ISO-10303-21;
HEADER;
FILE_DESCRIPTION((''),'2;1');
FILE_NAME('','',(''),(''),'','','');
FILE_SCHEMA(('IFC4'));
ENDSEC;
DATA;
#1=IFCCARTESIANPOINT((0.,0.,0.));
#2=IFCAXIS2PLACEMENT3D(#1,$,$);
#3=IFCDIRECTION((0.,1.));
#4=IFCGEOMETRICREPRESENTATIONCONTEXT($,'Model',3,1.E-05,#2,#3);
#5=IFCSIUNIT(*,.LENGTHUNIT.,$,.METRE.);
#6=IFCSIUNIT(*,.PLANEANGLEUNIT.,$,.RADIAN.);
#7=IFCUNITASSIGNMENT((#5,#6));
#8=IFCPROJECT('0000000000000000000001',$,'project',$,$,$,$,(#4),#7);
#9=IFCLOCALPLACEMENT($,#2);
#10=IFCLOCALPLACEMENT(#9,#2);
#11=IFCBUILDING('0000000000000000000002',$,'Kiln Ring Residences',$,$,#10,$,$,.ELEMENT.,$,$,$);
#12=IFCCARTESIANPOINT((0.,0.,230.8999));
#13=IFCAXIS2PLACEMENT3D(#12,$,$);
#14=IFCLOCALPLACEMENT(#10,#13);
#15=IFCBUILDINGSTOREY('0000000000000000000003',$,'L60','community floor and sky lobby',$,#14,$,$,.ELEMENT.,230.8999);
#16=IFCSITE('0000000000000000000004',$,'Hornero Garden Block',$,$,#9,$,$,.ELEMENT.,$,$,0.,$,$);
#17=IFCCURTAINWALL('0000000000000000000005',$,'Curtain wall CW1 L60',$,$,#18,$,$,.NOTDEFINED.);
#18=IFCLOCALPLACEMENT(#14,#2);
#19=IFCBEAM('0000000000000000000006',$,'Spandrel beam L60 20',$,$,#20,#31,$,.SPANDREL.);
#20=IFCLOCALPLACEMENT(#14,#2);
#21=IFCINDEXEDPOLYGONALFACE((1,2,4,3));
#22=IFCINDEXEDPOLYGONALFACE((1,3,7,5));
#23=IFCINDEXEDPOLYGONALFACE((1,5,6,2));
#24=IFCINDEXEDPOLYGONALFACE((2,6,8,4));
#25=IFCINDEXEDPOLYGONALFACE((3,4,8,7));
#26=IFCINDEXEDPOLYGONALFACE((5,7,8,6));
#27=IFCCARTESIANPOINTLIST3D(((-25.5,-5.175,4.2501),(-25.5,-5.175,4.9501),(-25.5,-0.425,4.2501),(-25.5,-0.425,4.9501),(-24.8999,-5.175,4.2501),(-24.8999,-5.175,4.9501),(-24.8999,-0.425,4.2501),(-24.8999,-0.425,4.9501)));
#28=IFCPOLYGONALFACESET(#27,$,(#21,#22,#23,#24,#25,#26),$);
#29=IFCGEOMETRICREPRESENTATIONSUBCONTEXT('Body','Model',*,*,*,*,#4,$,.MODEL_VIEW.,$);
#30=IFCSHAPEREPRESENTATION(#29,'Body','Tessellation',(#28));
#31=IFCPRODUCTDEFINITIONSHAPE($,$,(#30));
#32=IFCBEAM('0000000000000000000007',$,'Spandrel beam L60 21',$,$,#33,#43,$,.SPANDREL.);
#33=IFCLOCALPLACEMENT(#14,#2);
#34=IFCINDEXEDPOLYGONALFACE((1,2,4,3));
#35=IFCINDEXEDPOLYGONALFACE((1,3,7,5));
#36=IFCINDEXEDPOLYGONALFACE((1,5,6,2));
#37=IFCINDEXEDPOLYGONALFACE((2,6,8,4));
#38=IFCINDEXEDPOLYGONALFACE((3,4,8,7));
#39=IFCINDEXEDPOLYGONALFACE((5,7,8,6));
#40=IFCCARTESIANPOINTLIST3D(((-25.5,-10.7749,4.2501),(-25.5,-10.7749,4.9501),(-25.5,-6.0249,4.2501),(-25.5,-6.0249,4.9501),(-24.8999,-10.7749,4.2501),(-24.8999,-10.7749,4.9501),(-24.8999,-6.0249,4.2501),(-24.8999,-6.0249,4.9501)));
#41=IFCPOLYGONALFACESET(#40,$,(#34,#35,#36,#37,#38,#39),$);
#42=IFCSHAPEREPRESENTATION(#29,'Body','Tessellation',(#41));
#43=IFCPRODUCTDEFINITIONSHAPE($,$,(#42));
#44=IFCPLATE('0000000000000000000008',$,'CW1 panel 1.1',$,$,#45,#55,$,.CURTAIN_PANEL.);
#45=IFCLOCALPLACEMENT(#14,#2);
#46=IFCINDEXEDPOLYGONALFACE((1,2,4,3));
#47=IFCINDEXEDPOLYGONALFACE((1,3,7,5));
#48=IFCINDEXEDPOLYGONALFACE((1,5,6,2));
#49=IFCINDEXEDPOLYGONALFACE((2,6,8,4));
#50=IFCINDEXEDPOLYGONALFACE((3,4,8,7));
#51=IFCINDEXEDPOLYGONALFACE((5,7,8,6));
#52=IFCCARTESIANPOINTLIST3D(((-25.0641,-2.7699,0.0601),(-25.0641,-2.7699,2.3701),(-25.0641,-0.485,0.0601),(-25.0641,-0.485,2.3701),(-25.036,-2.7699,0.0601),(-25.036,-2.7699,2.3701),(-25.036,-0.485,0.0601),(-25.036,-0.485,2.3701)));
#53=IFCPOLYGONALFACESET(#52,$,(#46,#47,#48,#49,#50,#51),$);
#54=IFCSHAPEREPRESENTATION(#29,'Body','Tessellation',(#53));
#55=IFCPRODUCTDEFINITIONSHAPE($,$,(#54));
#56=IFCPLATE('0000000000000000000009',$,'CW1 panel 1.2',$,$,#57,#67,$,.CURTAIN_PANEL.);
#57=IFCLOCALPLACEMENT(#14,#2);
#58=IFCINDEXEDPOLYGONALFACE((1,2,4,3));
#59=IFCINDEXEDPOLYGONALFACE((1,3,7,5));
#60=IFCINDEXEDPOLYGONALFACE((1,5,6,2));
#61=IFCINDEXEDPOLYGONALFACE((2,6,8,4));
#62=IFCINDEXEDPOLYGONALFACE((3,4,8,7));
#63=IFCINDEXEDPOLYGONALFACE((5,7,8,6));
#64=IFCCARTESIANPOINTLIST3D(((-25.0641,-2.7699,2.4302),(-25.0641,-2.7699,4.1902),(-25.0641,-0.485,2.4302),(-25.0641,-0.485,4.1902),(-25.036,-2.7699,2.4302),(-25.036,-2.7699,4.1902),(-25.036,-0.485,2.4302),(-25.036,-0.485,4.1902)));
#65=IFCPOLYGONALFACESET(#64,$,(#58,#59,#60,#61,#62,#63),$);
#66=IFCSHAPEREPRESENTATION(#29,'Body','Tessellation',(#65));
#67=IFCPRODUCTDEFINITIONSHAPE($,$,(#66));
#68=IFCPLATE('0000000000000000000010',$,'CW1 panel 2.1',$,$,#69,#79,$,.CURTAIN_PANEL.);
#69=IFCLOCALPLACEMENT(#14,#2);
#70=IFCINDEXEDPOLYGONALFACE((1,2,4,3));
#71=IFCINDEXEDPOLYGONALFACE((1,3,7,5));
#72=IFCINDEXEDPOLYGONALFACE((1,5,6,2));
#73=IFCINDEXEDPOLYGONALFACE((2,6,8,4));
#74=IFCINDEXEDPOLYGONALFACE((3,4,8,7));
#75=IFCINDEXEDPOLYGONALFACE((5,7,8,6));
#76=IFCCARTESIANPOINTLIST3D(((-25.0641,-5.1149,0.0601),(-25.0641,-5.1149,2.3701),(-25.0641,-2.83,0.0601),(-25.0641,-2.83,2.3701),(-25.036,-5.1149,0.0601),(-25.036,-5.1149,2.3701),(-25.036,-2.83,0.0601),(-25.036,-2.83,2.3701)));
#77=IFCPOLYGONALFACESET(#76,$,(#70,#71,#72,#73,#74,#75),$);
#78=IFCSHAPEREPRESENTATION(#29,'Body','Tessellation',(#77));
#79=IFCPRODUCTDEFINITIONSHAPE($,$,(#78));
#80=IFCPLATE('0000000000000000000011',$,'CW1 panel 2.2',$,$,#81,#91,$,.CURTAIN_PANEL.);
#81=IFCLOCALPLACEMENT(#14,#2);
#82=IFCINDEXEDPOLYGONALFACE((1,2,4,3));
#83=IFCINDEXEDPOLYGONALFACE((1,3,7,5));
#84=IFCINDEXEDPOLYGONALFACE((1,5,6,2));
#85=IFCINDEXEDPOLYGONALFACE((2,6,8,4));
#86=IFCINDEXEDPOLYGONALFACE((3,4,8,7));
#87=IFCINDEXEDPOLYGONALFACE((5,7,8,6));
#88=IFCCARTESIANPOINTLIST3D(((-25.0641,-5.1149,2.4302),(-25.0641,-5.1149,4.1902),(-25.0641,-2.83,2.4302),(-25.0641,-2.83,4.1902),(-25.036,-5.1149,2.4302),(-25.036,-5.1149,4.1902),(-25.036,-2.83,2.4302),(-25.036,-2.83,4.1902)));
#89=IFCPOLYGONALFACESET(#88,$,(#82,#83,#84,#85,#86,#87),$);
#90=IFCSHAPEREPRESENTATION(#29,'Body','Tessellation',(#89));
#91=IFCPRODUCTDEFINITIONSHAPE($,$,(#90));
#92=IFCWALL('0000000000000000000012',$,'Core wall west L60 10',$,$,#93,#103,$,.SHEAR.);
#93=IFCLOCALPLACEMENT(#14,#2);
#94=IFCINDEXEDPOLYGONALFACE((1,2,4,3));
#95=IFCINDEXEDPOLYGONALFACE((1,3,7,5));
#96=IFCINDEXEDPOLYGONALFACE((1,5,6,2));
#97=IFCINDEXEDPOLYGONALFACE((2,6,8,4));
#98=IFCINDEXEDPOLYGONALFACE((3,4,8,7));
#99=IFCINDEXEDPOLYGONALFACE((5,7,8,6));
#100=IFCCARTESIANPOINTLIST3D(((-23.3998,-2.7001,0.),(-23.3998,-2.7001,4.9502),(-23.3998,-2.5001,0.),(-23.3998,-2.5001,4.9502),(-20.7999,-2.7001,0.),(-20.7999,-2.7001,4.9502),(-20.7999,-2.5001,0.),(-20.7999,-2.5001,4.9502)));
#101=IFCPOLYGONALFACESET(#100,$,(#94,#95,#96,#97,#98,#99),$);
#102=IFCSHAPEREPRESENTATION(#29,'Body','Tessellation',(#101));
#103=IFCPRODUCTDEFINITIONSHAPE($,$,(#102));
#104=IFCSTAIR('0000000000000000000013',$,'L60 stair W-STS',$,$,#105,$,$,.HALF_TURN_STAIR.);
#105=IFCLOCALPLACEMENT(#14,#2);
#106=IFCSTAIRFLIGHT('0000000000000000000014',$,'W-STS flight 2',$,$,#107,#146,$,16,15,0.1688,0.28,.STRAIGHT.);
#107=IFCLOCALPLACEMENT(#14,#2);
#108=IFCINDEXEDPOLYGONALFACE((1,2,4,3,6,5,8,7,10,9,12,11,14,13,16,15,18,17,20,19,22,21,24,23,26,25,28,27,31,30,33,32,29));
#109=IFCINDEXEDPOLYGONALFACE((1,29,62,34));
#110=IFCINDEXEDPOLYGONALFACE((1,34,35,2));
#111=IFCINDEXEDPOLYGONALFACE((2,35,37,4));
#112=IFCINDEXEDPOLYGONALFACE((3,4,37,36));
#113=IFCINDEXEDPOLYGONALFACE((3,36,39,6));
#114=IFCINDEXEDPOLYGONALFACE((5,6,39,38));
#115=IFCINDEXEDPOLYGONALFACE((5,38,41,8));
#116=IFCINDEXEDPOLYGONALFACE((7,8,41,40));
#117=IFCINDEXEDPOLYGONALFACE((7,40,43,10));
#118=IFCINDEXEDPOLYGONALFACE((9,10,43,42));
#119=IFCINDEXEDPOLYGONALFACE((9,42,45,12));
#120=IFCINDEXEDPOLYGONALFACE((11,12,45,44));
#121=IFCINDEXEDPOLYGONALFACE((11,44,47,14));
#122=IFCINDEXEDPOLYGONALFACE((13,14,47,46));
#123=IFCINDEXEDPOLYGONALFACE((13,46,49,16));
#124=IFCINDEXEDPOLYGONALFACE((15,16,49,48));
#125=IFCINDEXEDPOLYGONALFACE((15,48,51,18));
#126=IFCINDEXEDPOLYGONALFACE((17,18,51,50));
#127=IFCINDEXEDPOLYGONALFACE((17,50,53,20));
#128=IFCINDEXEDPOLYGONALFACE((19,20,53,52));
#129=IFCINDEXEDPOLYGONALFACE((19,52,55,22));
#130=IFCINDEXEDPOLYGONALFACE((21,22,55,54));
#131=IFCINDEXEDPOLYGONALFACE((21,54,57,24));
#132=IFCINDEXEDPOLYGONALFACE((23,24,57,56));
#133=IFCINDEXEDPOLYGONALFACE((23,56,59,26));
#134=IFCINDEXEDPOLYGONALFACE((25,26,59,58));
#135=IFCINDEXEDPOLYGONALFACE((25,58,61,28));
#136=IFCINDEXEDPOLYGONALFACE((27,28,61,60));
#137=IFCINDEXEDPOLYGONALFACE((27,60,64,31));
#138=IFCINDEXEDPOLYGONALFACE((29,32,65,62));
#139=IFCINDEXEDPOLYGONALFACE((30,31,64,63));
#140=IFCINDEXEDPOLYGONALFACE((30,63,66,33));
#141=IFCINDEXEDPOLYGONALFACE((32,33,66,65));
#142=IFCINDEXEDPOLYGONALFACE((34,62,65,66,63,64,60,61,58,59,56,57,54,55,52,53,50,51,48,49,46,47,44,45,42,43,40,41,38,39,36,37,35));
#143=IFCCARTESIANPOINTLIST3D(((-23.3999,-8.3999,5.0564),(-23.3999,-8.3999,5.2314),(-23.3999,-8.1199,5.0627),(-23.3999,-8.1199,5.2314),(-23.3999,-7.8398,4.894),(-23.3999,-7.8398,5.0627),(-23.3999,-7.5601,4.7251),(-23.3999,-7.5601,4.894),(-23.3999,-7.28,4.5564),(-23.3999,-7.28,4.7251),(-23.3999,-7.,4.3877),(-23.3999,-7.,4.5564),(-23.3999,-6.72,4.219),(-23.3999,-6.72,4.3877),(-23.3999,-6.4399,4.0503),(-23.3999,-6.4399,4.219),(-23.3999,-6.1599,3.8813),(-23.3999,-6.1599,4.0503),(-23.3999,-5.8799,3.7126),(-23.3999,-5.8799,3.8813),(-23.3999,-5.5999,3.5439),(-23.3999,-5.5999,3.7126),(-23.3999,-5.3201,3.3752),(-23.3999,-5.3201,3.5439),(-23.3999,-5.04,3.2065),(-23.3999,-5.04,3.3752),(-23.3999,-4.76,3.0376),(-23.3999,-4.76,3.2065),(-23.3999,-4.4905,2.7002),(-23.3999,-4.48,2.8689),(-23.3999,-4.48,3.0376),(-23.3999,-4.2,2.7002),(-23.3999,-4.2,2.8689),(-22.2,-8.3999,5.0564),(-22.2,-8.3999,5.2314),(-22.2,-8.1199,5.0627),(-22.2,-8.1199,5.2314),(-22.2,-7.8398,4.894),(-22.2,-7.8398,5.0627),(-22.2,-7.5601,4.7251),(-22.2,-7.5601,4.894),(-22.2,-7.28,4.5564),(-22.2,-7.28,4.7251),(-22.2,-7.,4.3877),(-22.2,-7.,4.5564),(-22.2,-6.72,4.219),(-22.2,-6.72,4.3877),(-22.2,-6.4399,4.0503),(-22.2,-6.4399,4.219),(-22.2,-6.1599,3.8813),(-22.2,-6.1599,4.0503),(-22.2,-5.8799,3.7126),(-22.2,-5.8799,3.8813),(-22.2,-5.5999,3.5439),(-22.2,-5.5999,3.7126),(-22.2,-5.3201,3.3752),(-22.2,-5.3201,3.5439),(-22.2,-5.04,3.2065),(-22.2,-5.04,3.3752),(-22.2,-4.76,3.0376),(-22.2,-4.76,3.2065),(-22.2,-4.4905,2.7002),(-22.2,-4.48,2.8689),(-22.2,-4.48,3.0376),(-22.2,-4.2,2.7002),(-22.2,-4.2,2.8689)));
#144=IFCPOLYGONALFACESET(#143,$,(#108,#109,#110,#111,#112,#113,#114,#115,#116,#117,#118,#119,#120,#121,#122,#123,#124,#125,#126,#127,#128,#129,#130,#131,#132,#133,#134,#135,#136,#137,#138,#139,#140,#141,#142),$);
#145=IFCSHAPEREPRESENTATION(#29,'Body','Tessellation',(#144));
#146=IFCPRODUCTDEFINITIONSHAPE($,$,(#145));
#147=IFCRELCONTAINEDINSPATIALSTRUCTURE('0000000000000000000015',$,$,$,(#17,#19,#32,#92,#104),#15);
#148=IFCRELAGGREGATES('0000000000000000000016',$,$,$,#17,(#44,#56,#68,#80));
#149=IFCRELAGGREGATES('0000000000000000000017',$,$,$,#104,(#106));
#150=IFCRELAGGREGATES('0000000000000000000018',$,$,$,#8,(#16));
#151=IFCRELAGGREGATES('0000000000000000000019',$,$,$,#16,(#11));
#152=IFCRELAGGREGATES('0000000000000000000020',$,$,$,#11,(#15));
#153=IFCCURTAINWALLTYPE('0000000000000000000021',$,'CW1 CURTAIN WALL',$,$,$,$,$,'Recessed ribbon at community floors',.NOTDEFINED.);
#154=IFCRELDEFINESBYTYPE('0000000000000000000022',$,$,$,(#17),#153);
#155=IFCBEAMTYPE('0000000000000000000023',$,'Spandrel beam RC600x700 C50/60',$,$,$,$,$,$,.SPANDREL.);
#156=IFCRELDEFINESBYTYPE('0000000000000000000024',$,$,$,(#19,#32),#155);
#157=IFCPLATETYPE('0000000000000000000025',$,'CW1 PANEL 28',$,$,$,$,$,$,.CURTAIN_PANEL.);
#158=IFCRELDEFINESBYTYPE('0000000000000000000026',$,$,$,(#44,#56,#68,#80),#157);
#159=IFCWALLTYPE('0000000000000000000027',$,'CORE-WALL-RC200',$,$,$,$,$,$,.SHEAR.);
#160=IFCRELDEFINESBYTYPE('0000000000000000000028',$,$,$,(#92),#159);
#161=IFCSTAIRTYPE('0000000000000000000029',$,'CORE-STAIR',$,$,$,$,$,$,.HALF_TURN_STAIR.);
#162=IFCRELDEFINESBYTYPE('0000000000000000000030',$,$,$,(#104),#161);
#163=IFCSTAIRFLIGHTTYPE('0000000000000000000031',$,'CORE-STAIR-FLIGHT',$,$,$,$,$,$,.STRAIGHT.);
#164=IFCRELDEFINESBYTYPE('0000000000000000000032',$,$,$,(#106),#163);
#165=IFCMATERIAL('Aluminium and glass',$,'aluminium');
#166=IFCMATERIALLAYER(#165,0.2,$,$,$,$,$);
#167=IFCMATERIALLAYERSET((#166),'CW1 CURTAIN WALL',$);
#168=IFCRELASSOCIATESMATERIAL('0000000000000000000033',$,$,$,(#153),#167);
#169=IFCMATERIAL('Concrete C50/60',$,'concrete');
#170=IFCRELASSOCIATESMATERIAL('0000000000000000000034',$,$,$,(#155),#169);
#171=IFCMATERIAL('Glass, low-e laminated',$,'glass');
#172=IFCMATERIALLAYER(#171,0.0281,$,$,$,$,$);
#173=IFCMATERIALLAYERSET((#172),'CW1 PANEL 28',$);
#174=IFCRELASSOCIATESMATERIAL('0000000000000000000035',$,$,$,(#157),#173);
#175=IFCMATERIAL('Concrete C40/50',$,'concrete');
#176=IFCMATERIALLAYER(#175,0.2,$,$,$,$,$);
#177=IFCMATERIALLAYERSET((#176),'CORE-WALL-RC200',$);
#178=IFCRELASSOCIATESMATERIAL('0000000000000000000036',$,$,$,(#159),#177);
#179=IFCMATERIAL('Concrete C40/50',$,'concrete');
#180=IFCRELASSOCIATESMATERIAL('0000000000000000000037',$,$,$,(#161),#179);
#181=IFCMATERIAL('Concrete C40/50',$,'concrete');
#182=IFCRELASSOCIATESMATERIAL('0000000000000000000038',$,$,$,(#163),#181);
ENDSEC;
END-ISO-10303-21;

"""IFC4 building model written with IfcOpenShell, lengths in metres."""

from ifc_helpers import new_model, si_unit, direction, frame, frame_2d, origin, origin_2d, place, context, subcontext, project, spatial, polyline, rectangle, outline, extrude, material, layer, layer_set, material_profile, profile_set, type_object, element, aggregate, save


model = new_model("IFC4")

# Units and contexts
model_context = context("Model", 3, precision=1e-05, world=origin(), true_north=direction((0.0, 1.0)))
body_context = subcontext(model_context, "Body", "Model", "MODEL_VIEW")
ifc_project = project(units=[si_unit("LENGTHUNIT", "METRE"), si_unit("PLANEANGLEUNIT", "RADIAN")], contexts=[model_context])

# Site, building, storey
site_placement = place(None, origin())
site = spatial("IfcSite", under=ifc_project, at=site_placement, Name="Hornero Garden Block", CompositionType="ELEMENT", RefElevation=0.0)
building_placement = place(site_placement, origin())
building = spatial("IfcBuilding", under=site, at=building_placement, Name="Kiln Ring Residences", CompositionType="ELEMENT")
storey_placement = place(building_placement, frame((0.0, 0.0, 230.8999)))
storey = spatial("IfcBuildingStorey", under=building, at=storey_placement, Name="L60", Description="community floor and sky lobby", CompositionType="ELEMENT", Elevation=230.8999)

# Curtain wall
ifc_material_1 = material(Name="Aluminium and glass", Category="aluminium")
ifc_layer_1 = layer(ifc_material_1, 0.2)
ifc_layer_set_1 = layer_set([ifc_layer_1], Name="CW1 CURTAIN WALL")
curtain_wall_type = type_object("IfcCurtainWallType", Name="CW1 CURTAIN WALL", ElementType="Recessed ribbon at community floors", PredefinedType="NOTDEFINED", material=ifc_layer_set_1)
placement = place(storey_placement, origin())
curtain_wall_1 = element("IfcCurtainWall", 1, at=placement, inside=storey, type_object=curtain_wall_type, Name="Curtain wall CW1 L60", PredefinedType="NOTDEFINED")

# Beams
ifc_material_2 = material(Name="Concrete C50/60", Category="concrete")
ifc_material_profile_1 = material_profile(ifc_material_2, rectangle(XDim=0.6001, YDim=0.7, at=origin_2d()), Name="RC600x700")
ifc_profile_set_1 = profile_set([ifc_material_profile_1], Name="Concrete C50/60")
beam_type = type_object("IfcBeamType", Name="Spandrel beam RC600x700 C50/60", PredefinedType="SPANDREL", material=ifc_profile_set_1)
for number, where, z_axis, x_axis, name in (
    (2, (-25.2, -0.425, 4.6001), (0.0, -1.0, 0.0), (1.0, 0.0, 0.0), "Spandrel beam L60 20"),
    (3, (-25.2, -6.0249, 4.6001), (0.0, -1.0, 0.0), (1.0, 0.0, 0.0), "Spandrel beam L60 21"),
):
    element("IfcBeam", number, at=place(storey_placement, frame(where, z_axis=z_axis, x_axis=x_axis)), inside=storey, type_object=beam_type, Name=name, PredefinedType="SPANDREL", context=body_context, shape_type="SweptSolid", body=[
        extrude(rectangle(XDim=0.6001, YDim=0.7, at=origin_2d()), origin(), (0.0, 0.0, 1.0), 4.75),
    ])

# Plates
ifc_material_3 = material(Name="Glass, low-e laminated", Category="glass")
ifc_layer_2 = layer(ifc_material_3, 0.0281)
ifc_layer_set_2 = layer_set([ifc_layer_2], Name="CW1 PANEL 28")
plate_type = type_object("IfcPlateType", Name="CW1 PANEL 28", PredefinedType="CURTAIN_PANEL", material=ifc_layer_set_2)
plate_1_placement = place(storey_placement, frame((-25.05, -1.6274, 0.0601), z_axis=(0.0, 0.0, 1.0), x_axis=(0.0, -1.0, 0.0)))
plate_1 = element("IfcPlate", 4, at=plate_1_placement, type_object=plate_type, Name="CW1 panel 1.1", PredefinedType="CURTAIN_PANEL", context=body_context, shape_type="SweptSolid", body=[
    extrude(rectangle(XDim=2.2849, YDim=0.0281, at=origin_2d()), origin(), (0.0, 0.0, 1.0), 2.3101),
])
plate_2_placement = place(storey_placement, frame((-25.05, -1.6274, 2.4302), z_axis=(0.0, 0.0, 1.0), x_axis=(0.0, -1.0, 0.0)))
plate_2 = element("IfcPlate", 5, at=plate_2_placement, type_object=plate_type, Name="CW1 panel 1.2", PredefinedType="CURTAIN_PANEL", context=body_context, shape_type="SweptSolid", body=[
    extrude(rectangle(XDim=2.2849, YDim=0.0281, at=origin_2d()), origin(), (0.0, 0.0, 1.0), 1.76),
])
plate_3_placement = place(storey_placement, frame((-25.05, -3.9724, 0.0601), z_axis=(0.0, 0.0, 1.0), x_axis=(0.0, -1.0, 0.0)))
plate_3 = element("IfcPlate", 6, at=plate_3_placement, type_object=plate_type, Name="CW1 panel 2.1", PredefinedType="CURTAIN_PANEL", context=body_context, shape_type="SweptSolid", body=[
    extrude(rectangle(XDim=2.2849, YDim=0.0281, at=origin_2d()), origin(), (0.0, 0.0, 1.0), 2.3101),
])
plate_4_placement = place(storey_placement, frame((-25.05, -3.9724, 2.4302), z_axis=(0.0, 0.0, 1.0), x_axis=(0.0, -1.0, 0.0)))
plate_4 = element("IfcPlate", 7, at=plate_4_placement, type_object=plate_type, Name="CW1 panel 2.2", PredefinedType="CURTAIN_PANEL", context=body_context, shape_type="SweptSolid", body=[
    extrude(rectangle(XDim=2.2849, YDim=0.0281, at=origin_2d()), origin(), (0.0, 0.0, 1.0), 1.76),
])
aggregate(curtain_wall_1, [plate_1, plate_2, plate_3, plate_4])

# Wall
ifc_material_4 = material(Name="Concrete C40/50", Category="concrete")
ifc_layer_3 = layer(ifc_material_4, 0.2)
ifc_layer_set_3 = layer_set([ifc_layer_3], Name="CORE-WALL-RC200")
wall_type = type_object("IfcWallType", Name="CORE-WALL-RC200", PredefinedType="SHEAR", material=ifc_layer_set_3)
wall_placement = place(storey_placement, frame((-20.8, -2.6001, 0.0), z_axis=(0.0, 0.0, 1.0), x_axis=(-1.0, 0.0, 0.0)))
element("IfcWall", 8, at=wall_placement, inside=storey, type_object=wall_type, Name="Core wall west L60 10", PredefinedType="SHEAR", context=body_context, shape_type="SweptSolid", body=[
    extrude(rectangle(XDim=2.5999, YDim=0.2, at=frame_2d((1.2998, 0.0))), origin(), (0.0, 0.0, 1.0), 4.9502),
])

# Stair, stair flight
ifc_material_5 = material(Name="Concrete C40/50", Category="concrete")
stair_type = type_object("IfcStairType", Name="CORE-STAIR", PredefinedType="HALF_TURN_STAIR", material=ifc_material_5)
stair = element("IfcStair", 9, at=placement, inside=storey, type_object=stair_type, Name="L60 stair W-STS", PredefinedType="HALF_TURN_STAIR")
ifc_material_6 = material(Name="Concrete C40/50", Category="concrete")
stair_flight_type = type_object("IfcStairFlightType", Name="CORE-STAIR-FLIGHT", PredefinedType="STRAIGHT", material=ifc_material_6)
stair_flight_placement = place(storey_placement, frame((-22.8, -4.2, 2.7002), z_axis=(0.0, 0.0, 1.0), x_axis=(0.0, -1.0, 0.0)))
stair_flight = element("IfcStairFlight", 10, at=stair_flight_placement, type_object=stair_flight_type, Name="W-STS flight 2", NumberOfRisers=16, NumberOfTreads=15, PredefinedType="STRAIGHT", RiserHeight=0.1688, TreadLength=0.28, context=body_context, shape_type="SweptSolid", body=[
    extrude(outline(polyline([(0.0, 0.0), (0.0, 0.1687), (0.28, 0.1687), (0.28, 0.3374), (0.5601, 0.3374), (0.5601, 0.5063), (0.8401, 0.5063), (0.8401, 0.675), (1.1201, 0.675), (1.1201, 0.8438), (1.3999, 0.8438), (1.3999, 1.0125), (1.6799, 1.0125), (1.6799, 1.1812), (1.96, 1.1812), (1.96, 1.3501), (2.24, 1.3501), (2.24, 1.5188), (2.52, 1.5188), (2.52, 1.6875), (2.8, 1.6875), (2.8, 1.8562), (3.0801, 1.8562), (3.0801, 2.0249), (3.3601, 2.0249), (3.3601, 2.1938), (3.6399, 2.1938), (3.6399, 2.3625), (3.9199, 2.3625), (3.9199, 2.5312), (4.2, 2.5312), (4.2, 2.7), (4.2, 2.3562), (0.2905, 0.0), (0.0, 0.0)])), frame((0.0, 0.6001, 0.0), z_axis=(0.0, -1.0, 0.0), x_axis=(1.0, 0.0, 0.0)), (0.0, 0.0, 1.0), 1.2),
])
aggregate(stair, [stair_flight])

save(model, "model.ifc")
